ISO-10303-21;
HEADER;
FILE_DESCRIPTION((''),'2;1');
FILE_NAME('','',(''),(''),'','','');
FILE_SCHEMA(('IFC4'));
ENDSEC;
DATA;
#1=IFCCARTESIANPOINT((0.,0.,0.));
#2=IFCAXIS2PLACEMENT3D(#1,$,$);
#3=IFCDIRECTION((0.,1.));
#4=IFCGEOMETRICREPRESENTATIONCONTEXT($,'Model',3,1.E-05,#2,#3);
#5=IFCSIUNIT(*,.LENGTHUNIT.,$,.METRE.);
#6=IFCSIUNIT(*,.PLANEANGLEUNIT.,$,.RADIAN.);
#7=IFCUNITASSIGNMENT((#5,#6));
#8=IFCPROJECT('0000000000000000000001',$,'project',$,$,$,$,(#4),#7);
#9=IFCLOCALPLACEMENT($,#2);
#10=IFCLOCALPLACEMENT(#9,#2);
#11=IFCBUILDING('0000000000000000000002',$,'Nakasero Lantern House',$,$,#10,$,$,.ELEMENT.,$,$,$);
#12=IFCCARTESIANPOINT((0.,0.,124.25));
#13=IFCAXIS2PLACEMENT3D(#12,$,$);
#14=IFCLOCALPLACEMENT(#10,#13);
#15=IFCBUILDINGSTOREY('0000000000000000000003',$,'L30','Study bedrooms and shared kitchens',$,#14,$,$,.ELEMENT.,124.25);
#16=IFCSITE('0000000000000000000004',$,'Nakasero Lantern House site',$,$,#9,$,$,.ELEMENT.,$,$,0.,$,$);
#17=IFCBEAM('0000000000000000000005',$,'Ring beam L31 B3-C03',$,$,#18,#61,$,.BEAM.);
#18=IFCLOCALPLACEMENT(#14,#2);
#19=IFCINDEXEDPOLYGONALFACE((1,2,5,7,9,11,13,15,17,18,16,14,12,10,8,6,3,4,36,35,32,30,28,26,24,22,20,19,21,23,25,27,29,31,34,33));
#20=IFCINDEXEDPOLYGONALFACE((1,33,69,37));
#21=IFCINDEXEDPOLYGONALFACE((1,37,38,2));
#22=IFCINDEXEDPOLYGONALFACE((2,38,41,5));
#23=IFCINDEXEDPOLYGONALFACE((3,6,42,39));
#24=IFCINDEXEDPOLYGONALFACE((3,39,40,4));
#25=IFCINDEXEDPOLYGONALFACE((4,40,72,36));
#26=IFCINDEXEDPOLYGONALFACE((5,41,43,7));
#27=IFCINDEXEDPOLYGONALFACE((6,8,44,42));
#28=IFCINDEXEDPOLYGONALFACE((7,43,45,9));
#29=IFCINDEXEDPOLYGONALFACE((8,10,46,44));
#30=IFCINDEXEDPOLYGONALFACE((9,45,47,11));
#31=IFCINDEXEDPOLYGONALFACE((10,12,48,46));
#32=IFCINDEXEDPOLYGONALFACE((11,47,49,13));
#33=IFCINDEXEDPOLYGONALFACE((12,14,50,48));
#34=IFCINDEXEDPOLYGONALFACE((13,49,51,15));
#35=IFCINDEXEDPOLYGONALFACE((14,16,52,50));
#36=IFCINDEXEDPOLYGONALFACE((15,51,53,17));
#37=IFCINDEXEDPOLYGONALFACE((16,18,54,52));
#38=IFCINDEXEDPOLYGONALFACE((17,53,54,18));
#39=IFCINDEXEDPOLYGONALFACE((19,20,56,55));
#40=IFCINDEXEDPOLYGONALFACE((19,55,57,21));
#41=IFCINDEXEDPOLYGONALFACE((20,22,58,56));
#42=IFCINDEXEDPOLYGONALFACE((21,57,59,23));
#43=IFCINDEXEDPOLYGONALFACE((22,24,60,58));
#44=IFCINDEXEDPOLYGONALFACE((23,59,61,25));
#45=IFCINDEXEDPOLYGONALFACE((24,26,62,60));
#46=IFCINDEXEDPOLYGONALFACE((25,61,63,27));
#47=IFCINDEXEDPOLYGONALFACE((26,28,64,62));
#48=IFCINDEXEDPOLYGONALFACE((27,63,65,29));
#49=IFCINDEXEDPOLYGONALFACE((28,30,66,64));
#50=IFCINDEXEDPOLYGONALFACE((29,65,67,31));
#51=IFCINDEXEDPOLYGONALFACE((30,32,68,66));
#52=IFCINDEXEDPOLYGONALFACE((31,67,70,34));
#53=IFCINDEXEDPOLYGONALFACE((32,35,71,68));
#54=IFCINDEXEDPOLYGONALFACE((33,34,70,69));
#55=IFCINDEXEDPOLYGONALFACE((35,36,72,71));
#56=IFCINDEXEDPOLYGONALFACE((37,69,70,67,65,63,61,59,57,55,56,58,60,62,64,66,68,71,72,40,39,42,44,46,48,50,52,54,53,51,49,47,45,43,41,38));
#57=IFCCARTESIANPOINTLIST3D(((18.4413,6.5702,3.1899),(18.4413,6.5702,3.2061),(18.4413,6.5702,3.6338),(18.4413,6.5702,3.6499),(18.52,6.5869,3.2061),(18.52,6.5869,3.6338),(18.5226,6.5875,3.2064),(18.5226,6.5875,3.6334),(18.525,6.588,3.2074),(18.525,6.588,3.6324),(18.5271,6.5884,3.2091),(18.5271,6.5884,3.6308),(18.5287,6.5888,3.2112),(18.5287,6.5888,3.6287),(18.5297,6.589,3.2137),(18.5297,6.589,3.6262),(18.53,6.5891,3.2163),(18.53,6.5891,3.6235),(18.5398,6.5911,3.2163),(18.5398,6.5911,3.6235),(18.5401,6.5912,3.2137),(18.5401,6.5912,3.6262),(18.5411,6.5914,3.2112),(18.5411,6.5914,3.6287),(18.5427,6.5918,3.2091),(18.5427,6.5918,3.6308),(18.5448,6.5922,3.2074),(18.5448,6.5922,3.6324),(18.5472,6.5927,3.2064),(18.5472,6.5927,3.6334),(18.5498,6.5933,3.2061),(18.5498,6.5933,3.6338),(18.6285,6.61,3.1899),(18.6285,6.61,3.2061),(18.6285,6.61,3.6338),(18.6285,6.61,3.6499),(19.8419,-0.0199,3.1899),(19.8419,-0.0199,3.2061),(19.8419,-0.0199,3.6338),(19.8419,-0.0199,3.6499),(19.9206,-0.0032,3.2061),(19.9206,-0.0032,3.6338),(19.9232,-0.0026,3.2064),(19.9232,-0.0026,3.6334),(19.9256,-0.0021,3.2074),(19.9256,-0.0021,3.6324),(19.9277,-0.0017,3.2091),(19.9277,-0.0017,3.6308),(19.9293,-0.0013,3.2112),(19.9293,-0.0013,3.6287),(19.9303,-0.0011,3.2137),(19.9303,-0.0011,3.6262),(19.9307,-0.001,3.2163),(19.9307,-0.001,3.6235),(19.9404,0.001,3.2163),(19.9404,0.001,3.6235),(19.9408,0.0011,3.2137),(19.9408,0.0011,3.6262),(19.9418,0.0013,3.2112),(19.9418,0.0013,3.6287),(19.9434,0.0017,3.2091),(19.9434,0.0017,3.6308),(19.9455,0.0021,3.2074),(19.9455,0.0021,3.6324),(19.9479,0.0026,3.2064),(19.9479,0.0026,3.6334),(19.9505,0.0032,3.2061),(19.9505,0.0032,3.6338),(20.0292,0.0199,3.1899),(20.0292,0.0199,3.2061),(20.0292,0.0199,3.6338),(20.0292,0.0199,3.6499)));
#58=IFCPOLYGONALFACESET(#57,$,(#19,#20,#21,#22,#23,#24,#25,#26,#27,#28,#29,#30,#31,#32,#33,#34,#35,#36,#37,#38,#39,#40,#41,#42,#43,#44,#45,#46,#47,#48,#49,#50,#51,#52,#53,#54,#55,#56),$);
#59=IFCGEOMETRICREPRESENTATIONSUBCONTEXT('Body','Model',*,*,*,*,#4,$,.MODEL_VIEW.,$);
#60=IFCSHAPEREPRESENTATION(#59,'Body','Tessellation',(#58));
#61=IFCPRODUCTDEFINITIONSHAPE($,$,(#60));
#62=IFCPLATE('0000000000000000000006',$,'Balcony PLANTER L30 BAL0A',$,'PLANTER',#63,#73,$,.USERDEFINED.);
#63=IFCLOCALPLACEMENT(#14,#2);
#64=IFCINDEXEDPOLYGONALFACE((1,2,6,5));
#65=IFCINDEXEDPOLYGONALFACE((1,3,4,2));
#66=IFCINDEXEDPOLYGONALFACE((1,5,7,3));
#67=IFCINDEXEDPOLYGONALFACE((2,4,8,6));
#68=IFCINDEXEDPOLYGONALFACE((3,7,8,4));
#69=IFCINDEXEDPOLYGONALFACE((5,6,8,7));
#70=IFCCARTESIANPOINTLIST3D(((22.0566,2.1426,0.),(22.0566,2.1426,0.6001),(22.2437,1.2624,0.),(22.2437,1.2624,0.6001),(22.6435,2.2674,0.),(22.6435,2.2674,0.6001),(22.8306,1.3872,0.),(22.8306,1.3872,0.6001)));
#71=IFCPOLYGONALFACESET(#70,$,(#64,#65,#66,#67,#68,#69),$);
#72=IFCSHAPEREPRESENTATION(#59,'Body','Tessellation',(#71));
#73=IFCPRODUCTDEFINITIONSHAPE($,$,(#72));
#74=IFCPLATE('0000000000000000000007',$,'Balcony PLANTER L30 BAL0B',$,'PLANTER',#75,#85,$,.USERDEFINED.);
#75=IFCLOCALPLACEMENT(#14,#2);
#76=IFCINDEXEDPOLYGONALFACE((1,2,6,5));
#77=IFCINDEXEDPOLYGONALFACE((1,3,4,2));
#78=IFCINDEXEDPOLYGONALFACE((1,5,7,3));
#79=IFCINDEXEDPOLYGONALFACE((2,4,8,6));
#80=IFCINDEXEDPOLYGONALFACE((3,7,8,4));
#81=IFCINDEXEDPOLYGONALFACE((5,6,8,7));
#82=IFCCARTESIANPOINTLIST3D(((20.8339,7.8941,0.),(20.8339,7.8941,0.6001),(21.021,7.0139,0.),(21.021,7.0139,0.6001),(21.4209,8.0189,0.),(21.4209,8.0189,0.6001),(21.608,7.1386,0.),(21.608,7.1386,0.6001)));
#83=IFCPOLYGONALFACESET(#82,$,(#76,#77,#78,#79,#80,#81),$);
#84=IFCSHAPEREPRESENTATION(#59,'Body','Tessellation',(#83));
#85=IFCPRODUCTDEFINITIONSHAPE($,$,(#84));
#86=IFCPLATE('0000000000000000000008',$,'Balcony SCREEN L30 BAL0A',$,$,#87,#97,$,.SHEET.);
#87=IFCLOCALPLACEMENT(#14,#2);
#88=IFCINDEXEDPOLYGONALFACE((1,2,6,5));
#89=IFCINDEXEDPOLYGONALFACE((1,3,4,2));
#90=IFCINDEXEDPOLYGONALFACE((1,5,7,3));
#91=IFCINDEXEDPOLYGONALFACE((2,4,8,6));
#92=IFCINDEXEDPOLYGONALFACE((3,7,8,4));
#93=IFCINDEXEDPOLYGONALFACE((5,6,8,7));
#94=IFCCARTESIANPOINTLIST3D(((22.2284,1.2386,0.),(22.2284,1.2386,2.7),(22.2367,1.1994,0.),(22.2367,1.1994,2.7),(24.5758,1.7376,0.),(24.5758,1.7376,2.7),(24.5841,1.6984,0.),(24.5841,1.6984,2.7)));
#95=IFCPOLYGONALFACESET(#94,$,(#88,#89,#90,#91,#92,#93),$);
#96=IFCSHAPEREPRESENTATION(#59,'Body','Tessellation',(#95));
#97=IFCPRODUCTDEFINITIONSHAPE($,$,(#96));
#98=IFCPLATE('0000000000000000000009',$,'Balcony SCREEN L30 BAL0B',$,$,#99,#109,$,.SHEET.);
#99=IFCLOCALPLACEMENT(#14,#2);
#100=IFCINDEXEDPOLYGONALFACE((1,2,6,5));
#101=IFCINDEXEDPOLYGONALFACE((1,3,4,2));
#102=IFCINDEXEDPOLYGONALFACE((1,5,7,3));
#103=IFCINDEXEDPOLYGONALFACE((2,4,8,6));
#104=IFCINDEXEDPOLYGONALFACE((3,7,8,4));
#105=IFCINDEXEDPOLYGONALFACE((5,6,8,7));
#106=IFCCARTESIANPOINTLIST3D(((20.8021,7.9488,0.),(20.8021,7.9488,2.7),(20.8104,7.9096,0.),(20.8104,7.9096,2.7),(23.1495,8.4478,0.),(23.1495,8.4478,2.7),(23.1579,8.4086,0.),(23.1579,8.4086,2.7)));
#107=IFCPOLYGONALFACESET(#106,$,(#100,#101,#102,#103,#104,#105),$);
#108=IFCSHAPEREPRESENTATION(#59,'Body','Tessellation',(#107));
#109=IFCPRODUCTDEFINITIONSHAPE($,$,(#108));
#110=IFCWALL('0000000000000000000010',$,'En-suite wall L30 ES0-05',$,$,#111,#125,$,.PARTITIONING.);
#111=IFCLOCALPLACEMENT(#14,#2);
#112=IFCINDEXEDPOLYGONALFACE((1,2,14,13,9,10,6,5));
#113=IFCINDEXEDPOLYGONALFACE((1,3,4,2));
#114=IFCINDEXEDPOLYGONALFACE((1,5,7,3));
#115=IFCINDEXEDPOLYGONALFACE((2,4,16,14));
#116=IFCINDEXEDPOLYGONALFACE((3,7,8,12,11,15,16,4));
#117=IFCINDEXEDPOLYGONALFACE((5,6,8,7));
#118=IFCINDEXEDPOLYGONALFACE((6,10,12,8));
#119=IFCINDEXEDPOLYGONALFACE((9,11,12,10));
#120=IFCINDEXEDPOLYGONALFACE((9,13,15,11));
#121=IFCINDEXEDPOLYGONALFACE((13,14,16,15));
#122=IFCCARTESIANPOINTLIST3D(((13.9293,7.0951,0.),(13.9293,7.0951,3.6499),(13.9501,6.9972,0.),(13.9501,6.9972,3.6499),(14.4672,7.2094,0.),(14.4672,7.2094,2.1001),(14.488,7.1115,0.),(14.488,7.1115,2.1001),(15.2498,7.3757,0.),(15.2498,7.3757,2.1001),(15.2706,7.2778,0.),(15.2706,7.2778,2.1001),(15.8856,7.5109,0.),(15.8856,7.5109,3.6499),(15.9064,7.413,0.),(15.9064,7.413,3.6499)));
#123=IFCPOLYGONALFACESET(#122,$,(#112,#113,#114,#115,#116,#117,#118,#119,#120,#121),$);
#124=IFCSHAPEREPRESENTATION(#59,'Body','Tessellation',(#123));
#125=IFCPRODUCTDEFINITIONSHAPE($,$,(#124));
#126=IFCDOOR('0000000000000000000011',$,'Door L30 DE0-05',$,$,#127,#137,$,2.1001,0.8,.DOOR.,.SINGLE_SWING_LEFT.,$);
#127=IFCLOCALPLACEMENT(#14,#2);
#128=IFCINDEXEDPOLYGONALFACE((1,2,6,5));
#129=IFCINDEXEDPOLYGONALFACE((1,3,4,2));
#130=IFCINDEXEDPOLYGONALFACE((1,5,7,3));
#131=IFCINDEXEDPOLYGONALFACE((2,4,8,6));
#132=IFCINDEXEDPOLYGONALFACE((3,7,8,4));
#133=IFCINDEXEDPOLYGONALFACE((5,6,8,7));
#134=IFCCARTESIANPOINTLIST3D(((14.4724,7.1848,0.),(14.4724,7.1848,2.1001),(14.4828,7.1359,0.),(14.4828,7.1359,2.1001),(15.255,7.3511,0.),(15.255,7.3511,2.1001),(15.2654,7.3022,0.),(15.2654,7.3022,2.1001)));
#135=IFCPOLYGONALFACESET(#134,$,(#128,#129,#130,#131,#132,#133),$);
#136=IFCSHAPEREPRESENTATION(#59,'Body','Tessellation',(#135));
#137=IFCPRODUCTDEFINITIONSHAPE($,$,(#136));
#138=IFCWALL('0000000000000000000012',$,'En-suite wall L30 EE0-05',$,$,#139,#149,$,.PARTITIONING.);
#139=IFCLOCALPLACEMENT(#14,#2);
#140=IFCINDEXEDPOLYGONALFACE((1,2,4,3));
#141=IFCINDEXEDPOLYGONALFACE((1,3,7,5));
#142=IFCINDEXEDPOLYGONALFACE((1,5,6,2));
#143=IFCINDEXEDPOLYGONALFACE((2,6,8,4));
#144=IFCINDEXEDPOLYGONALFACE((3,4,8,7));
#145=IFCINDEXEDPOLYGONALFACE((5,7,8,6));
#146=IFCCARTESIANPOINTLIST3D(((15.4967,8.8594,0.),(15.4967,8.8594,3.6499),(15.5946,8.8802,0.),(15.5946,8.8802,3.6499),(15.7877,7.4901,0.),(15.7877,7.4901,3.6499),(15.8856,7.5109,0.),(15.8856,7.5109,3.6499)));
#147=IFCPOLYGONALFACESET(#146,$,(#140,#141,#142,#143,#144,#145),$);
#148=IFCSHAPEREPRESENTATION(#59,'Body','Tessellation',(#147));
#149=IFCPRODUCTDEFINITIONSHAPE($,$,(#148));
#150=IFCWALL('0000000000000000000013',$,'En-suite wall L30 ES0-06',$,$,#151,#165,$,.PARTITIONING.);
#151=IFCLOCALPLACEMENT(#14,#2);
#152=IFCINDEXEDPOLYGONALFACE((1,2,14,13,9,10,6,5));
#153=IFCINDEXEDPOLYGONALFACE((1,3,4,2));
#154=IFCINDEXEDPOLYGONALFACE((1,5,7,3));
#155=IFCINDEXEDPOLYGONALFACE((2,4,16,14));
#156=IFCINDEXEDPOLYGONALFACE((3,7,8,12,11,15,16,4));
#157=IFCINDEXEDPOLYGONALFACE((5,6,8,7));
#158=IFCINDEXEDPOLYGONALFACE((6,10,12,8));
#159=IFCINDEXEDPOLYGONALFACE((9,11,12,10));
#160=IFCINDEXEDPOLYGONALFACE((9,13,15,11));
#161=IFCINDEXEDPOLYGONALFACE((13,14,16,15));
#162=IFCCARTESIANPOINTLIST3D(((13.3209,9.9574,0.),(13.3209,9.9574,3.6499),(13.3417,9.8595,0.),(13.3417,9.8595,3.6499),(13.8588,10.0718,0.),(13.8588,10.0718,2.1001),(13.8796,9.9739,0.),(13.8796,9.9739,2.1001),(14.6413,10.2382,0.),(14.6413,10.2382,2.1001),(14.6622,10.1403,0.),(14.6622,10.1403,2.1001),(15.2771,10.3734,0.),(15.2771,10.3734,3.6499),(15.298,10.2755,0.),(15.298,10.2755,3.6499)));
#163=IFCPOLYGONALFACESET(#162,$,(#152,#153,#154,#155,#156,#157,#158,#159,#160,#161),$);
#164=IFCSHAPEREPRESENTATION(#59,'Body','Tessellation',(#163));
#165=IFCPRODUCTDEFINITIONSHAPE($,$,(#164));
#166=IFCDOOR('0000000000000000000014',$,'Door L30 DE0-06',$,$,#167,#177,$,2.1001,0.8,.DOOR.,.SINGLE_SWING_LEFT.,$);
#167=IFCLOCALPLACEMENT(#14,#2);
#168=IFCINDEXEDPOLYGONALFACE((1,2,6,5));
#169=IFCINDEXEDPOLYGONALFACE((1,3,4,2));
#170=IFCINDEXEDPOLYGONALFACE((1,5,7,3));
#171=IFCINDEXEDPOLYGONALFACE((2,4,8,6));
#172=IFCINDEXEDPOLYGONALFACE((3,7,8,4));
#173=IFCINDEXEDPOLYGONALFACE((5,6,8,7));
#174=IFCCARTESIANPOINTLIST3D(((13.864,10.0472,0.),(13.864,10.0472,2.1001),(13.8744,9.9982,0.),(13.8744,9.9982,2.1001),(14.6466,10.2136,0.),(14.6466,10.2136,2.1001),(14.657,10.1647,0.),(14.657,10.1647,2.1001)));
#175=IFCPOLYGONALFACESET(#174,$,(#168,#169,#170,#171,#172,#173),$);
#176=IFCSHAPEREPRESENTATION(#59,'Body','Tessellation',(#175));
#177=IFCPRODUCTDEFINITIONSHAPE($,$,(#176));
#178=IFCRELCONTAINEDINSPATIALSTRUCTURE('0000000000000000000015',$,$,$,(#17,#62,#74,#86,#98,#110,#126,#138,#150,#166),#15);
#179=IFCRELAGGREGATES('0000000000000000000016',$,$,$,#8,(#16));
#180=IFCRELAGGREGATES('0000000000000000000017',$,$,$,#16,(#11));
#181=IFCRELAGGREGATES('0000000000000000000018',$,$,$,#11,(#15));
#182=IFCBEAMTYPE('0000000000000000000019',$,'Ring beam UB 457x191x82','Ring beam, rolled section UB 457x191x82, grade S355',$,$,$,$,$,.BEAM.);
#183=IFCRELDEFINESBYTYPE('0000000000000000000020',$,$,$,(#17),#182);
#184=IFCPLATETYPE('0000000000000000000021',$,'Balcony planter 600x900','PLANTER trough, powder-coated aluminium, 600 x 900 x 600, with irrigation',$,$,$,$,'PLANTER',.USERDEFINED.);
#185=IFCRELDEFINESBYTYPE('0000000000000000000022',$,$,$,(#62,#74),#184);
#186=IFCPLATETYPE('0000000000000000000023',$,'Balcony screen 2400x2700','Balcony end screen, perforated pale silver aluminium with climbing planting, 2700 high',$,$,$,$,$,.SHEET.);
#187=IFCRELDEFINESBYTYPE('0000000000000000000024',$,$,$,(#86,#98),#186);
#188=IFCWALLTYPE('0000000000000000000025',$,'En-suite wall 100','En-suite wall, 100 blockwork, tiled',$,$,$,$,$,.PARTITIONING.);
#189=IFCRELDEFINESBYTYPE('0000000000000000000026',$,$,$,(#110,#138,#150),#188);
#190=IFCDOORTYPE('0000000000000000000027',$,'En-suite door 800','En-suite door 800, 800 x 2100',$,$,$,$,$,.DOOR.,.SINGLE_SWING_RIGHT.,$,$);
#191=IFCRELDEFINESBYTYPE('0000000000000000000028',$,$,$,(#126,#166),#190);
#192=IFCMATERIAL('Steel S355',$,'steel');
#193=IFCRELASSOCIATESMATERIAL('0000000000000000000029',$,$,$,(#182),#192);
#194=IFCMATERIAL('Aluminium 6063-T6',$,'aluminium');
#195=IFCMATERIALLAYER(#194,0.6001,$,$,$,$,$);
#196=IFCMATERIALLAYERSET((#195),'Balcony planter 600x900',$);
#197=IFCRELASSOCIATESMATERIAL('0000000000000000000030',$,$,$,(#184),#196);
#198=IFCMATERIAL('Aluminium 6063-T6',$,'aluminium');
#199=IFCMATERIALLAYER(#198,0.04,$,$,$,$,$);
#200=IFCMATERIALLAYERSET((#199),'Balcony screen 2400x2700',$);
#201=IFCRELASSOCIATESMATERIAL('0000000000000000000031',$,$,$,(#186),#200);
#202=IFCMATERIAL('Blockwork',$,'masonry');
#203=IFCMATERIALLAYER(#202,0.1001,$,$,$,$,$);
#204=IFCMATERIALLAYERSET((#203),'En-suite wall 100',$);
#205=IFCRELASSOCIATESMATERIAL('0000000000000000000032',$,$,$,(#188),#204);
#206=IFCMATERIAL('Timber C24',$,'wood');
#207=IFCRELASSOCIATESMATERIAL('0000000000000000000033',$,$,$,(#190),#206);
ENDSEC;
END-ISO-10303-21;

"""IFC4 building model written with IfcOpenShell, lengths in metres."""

from ifc_helpers import new_model, si_unit, direction, frame, frame_2d, origin, origin_2d, place, context, subcontext, project, spatial, rectangle, i_section, extrude, material, layer, layer_set, material_profile, profile_set, type_object, element, fill, save


model = new_model("IFC4")

# Units and contexts
model_context = context("Model", 3, precision=1e-05, world=origin(), true_north=direction((0.0, 1.0)))
body_context = subcontext(model_context, "Body", "Model", "MODEL_VIEW")
ifc_project = project(units=[si_unit("LENGTHUNIT", "METRE"), si_unit("PLANEANGLEUNIT", "RADIAN")], contexts=[model_context])

# Site, building, storey
site_placement = place(None, origin())
site = spatial("IfcSite", under=ifc_project, at=site_placement, Name="Nakasero Lantern House site", CompositionType="ELEMENT", RefElevation=0.0)
building_placement = place(site_placement, origin())
building = spatial("IfcBuilding", under=site, at=building_placement, Name="Nakasero Lantern House", CompositionType="ELEMENT")
storey_placement = place(building_placement, frame((0.0, 0.0, 124.25)))
storey = spatial("IfcBuildingStorey", under=building, at=storey_placement, Name="L30", Description="Study bedrooms and shared kitchens", CompositionType="ELEMENT", Elevation=124.25)

# Beam
ifc_material_1 = material(Name="Steel S355", Category="steel")
ifc_material_profile_1 = material_profile(ifc_material_1, i_section(OverallWidth=0.1914, OverallDepth=0.46, WebThickness=0.01, FlangeThickness=0.0161, FilletRadius=0.0103, at=origin_2d()), Name="UB 457x191x82")
ifc_profile_set_1 = profile_set([ifc_material_profile_1], Name="Steel S355")
beam_type_1 = type_object("IfcBeamType", Name="Ring beam UB 457x191x82", Description="Ring beam, rolled section UB 457x191x82, grade S355", PredefinedType="BEAM", material=ifc_profile_set_1)
beam_1_placement = place(storey_placement, frame((19.9355, 0.0, 3.4199), z_axis=(-0.207893, 0.978152, 0.0), x_axis=(-0.978152, -0.207893, 0.0)))
element("IfcBeam", 1, at=beam_1_placement, inside=storey, type_object=beam_type_1, Name="Ring beam L31 B3-C03", PredefinedType="BEAM", context=body_context, shape_type="SweptSolid", body=[
    extrude(i_section(OverallWidth=0.1914, OverallDepth=0.46, WebThickness=0.01, FlangeThickness=0.0161, FilletRadius=0.0103, at=origin_2d()), origin(), (0.0, 0.0, 1.0), 6.7373),
])

# Plates
ifc_material_2 = material(Name="Aluminium 6063-T6", Category="aluminium")
ifc_layer_1 = layer(ifc_material_2, 0.6001)
ifc_layer_set_1 = layer_set([ifc_layer_1], Name="Balcony planter 600x900")
plate_type_1 = type_object("IfcPlateType", Name="Balcony planter 600x900", Description="PLANTER trough, powder-coated aluminium, 600 x 900 x 600, with irrigation", ElementType="PLANTER", PredefinedType="USERDEFINED", material=ifc_layer_set_1)
for number, where, z_axis, x_axis, name in (
    (2, (22.4436, 1.7649, 0.0), (0.0, 0.0, 1.0), (0.978148, 0.207912, 0.0), "Balcony PLANTER L30 BAL0A"),
    (3, (21.2209, 7.5164, 0.0), (0.0, 0.0, 1.0), (0.978148, 0.207912, 0.0), "Balcony PLANTER L30 BAL0B"),
):
    element("IfcPlate", number, at=place(storey_placement, frame(where, z_axis=z_axis, x_axis=x_axis)), inside=storey, type_object=plate_type_1, Name=name, ObjectType="PLANTER", PredefinedType="USERDEFINED", context=body_context, shape_type="SweptSolid", body=[
        extrude(rectangle(XDim=0.6001, YDim=0.8999, at=origin_2d()), origin(), (0.0, 0.0, 1.0), 0.6001),
    ])
ifc_material_3 = material(Name="Aluminium 6063-T6", Category="aluminium")
ifc_layer_2 = layer(ifc_material_3, 0.04)
ifc_layer_set_2 = layer_set([ifc_layer_2], Name="Balcony screen 2400x2700")
plate_type_2 = type_object("IfcPlateType", Name="Balcony screen 2400x2700", Description="Balcony end screen, perforated pale silver aluminium with climbing planting, 2700 high", PredefinedType="SHEET", material=ifc_layer_set_2)
for number, where, z_axis, x_axis, name in (
    (4, (23.4062, 1.4685, 0.0), (0.0, 0.0, 1.0), (0.978148, 0.207912, 0.0), "Balcony SCREEN L30 BAL0A"),
    (5, (21.98, 8.1787, 0.0), (0.0, 0.0, 1.0), (0.978148, 0.207912, 0.0), "Balcony SCREEN L30 BAL0B"),
):
    element("IfcPlate", number, at=place(storey_placement, frame(where, z_axis=z_axis, x_axis=x_axis)), inside=storey, type_object=plate_type_2, Name=name, PredefinedType="SHEET", context=body_context, shape_type="SweptSolid", body=[
        extrude(rectangle(XDim=2.3999, YDim=0.04, at=origin_2d()), origin(), (0.0, 0.0, 1.0), 2.7),
    ])

# Wall, opening, door
ifc_material_4 = material(Name="Blockwork", Category="masonry")
ifc_layer_3 = layer(ifc_material_4, 0.1001)
ifc_layer_set_3 = layer_set([ifc_layer_3], Name="En-suite wall 100")
wall_type_1 = type_object("IfcWallType", Name="En-suite wall 100", Description="En-suite wall, 100 blockwork, tiled", PredefinedType="PARTITIONING", material=ifc_layer_set_3)
wall_1_placement = place(storey_placement, frame((13.9397, 7.0461, 0.0), z_axis=(0.0, 0.0, 1.0), x_axis=(0.978153, 0.207886, 0.0)))
wall_1 = element("IfcWall", 6, at=wall_1_placement, inside=storey, type_object=wall_type_1, Name="En-suite wall L30 ES0-05", PredefinedType="PARTITIONING", context=body_context, shape_type="SweptSolid", body=[
    extrude(rectangle(XDim=2.0, YDim=0.1001, at=frame_2d((1.0, 0.0))), origin(), (0.0, 0.0, 1.0), 3.6499),
])
opening_1_placement = place(wall_1_placement, frame((0.55, 0.0, 0.0)))
opening_1 = element("IfcOpeningElement", 7, at=opening_1_placement, cuts=wall_1, PredefinedType="OPENING", context=body_context, shape_type="SweptSolid", body=[
    extrude(rectangle(XDim=0.8, YDim=2.1001, at=frame_2d((0.3999, 1.05))), frame((0.0, 0.0701, 0.0), z_axis=(0.0, -1.0, 0.0), x_axis=(1.0, 0.0, 0.0)), (0.0, 0.0, 1.0), 0.1401),
])
ifc_material_5 = material(Name="Timber C24", Category="wood")
door_type = type_object("IfcDoorType", Name="En-suite door 800", Description="En-suite door 800, 800 x 2100", OperationType="SINGLE_SWING_RIGHT", PredefinedType="DOOR", material=ifc_material_5)
door_1_placement = place(opening_1_placement, origin())
door_1 = element("IfcDoor", 8, at=door_1_placement, inside=storey, type_object=door_type, Name="Door L30 DE0-05", OperationType="SINGLE_SWING_LEFT", OverallHeight=2.1001, OverallWidth=0.8, PredefinedType="DOOR", context=body_context, shape_type="SweptSolid", body=[
    extrude(rectangle(XDim=0.8, YDim=2.1001, at=frame_2d((0.3999, 1.05))), frame((0.0, 0.0249, 0.0), z_axis=(0.0, -1.0, 0.0), x_axis=(1.0, 0.0, 0.0)), (0.0, 0.0, 1.0), 0.05),
])
fill(opening_1, door_1)

# Wall
wall_2_placement = place(storey_placement, frame((15.8367, 7.5005, 0.0), z_axis=(0.0, 0.0, 1.0), x_axis=(-0.207873, 0.978156, 0.0)))
element("IfcWall", 9, at=wall_2_placement, inside=storey, type_object=wall_type_1, Name="En-suite wall L30 EE0-05", PredefinedType="PARTITIONING", context=body_context, shape_type="SweptSolid", body=[
    extrude(rectangle(XDim=1.3999, YDim=0.1001, at=frame_2d((0.7, 0.0))), origin(), (0.0, 0.0, 1.0), 3.6499),
])

# Wall, opening, door
wall_3_placement = place(storey_placement, frame((13.3313, 9.9084, 0.0), z_axis=(0.0, 0.0, 1.0), x_axis=(0.978128, 0.208003, 0.0)))
wall_3 = element("IfcWall", 10, at=wall_3_placement, inside=storey, type_object=wall_type_1, Name="En-suite wall L30 ES0-06", PredefinedType="PARTITIONING", context=body_context, shape_type="SweptSolid", body=[
    extrude(rectangle(XDim=2.0, YDim=0.1001, at=frame_2d((1.0, 0.0))), origin(), (0.0, 0.0, 1.0), 3.6499),
])
opening_2_placement = place(wall_3_placement, frame((0.55, 0.0, 0.0)))
opening_2 = element("IfcOpeningElement", 11, at=opening_2_placement, cuts=wall_3, PredefinedType="OPENING", context=body_context, shape_type="SweptSolid", body=[
    extrude(rectangle(XDim=0.8, YDim=2.1001, at=frame_2d((0.3999, 1.05))), frame((0.0, 0.0701, 0.0), z_axis=(0.0, -1.0, 0.0), x_axis=(1.0, 0.0, 0.0)), (0.0, 0.0, 1.0), 0.1401),
])
door_2_placement = place(opening_2_placement, origin())
door_2 = element("IfcDoor", 12, at=door_2_placement, inside=storey, type_object=door_type, Name="Door L30 DE0-06", OperationType="SINGLE_SWING_LEFT", OverallHeight=2.1001, OverallWidth=0.8, PredefinedType="DOOR", context=body_context, shape_type="SweptSolid", body=[
    extrude(rectangle(XDim=0.8, YDim=2.1001, at=frame_2d((0.3999, 1.05))), frame((0.0, 0.0249, 0.0), z_axis=(0.0, -1.0, 0.0), x_axis=(1.0, 0.0, 0.0)), (0.0, 0.0, 1.0), 0.05),
])
fill(opening_2, door_2)

save(model, "model.ifc")
